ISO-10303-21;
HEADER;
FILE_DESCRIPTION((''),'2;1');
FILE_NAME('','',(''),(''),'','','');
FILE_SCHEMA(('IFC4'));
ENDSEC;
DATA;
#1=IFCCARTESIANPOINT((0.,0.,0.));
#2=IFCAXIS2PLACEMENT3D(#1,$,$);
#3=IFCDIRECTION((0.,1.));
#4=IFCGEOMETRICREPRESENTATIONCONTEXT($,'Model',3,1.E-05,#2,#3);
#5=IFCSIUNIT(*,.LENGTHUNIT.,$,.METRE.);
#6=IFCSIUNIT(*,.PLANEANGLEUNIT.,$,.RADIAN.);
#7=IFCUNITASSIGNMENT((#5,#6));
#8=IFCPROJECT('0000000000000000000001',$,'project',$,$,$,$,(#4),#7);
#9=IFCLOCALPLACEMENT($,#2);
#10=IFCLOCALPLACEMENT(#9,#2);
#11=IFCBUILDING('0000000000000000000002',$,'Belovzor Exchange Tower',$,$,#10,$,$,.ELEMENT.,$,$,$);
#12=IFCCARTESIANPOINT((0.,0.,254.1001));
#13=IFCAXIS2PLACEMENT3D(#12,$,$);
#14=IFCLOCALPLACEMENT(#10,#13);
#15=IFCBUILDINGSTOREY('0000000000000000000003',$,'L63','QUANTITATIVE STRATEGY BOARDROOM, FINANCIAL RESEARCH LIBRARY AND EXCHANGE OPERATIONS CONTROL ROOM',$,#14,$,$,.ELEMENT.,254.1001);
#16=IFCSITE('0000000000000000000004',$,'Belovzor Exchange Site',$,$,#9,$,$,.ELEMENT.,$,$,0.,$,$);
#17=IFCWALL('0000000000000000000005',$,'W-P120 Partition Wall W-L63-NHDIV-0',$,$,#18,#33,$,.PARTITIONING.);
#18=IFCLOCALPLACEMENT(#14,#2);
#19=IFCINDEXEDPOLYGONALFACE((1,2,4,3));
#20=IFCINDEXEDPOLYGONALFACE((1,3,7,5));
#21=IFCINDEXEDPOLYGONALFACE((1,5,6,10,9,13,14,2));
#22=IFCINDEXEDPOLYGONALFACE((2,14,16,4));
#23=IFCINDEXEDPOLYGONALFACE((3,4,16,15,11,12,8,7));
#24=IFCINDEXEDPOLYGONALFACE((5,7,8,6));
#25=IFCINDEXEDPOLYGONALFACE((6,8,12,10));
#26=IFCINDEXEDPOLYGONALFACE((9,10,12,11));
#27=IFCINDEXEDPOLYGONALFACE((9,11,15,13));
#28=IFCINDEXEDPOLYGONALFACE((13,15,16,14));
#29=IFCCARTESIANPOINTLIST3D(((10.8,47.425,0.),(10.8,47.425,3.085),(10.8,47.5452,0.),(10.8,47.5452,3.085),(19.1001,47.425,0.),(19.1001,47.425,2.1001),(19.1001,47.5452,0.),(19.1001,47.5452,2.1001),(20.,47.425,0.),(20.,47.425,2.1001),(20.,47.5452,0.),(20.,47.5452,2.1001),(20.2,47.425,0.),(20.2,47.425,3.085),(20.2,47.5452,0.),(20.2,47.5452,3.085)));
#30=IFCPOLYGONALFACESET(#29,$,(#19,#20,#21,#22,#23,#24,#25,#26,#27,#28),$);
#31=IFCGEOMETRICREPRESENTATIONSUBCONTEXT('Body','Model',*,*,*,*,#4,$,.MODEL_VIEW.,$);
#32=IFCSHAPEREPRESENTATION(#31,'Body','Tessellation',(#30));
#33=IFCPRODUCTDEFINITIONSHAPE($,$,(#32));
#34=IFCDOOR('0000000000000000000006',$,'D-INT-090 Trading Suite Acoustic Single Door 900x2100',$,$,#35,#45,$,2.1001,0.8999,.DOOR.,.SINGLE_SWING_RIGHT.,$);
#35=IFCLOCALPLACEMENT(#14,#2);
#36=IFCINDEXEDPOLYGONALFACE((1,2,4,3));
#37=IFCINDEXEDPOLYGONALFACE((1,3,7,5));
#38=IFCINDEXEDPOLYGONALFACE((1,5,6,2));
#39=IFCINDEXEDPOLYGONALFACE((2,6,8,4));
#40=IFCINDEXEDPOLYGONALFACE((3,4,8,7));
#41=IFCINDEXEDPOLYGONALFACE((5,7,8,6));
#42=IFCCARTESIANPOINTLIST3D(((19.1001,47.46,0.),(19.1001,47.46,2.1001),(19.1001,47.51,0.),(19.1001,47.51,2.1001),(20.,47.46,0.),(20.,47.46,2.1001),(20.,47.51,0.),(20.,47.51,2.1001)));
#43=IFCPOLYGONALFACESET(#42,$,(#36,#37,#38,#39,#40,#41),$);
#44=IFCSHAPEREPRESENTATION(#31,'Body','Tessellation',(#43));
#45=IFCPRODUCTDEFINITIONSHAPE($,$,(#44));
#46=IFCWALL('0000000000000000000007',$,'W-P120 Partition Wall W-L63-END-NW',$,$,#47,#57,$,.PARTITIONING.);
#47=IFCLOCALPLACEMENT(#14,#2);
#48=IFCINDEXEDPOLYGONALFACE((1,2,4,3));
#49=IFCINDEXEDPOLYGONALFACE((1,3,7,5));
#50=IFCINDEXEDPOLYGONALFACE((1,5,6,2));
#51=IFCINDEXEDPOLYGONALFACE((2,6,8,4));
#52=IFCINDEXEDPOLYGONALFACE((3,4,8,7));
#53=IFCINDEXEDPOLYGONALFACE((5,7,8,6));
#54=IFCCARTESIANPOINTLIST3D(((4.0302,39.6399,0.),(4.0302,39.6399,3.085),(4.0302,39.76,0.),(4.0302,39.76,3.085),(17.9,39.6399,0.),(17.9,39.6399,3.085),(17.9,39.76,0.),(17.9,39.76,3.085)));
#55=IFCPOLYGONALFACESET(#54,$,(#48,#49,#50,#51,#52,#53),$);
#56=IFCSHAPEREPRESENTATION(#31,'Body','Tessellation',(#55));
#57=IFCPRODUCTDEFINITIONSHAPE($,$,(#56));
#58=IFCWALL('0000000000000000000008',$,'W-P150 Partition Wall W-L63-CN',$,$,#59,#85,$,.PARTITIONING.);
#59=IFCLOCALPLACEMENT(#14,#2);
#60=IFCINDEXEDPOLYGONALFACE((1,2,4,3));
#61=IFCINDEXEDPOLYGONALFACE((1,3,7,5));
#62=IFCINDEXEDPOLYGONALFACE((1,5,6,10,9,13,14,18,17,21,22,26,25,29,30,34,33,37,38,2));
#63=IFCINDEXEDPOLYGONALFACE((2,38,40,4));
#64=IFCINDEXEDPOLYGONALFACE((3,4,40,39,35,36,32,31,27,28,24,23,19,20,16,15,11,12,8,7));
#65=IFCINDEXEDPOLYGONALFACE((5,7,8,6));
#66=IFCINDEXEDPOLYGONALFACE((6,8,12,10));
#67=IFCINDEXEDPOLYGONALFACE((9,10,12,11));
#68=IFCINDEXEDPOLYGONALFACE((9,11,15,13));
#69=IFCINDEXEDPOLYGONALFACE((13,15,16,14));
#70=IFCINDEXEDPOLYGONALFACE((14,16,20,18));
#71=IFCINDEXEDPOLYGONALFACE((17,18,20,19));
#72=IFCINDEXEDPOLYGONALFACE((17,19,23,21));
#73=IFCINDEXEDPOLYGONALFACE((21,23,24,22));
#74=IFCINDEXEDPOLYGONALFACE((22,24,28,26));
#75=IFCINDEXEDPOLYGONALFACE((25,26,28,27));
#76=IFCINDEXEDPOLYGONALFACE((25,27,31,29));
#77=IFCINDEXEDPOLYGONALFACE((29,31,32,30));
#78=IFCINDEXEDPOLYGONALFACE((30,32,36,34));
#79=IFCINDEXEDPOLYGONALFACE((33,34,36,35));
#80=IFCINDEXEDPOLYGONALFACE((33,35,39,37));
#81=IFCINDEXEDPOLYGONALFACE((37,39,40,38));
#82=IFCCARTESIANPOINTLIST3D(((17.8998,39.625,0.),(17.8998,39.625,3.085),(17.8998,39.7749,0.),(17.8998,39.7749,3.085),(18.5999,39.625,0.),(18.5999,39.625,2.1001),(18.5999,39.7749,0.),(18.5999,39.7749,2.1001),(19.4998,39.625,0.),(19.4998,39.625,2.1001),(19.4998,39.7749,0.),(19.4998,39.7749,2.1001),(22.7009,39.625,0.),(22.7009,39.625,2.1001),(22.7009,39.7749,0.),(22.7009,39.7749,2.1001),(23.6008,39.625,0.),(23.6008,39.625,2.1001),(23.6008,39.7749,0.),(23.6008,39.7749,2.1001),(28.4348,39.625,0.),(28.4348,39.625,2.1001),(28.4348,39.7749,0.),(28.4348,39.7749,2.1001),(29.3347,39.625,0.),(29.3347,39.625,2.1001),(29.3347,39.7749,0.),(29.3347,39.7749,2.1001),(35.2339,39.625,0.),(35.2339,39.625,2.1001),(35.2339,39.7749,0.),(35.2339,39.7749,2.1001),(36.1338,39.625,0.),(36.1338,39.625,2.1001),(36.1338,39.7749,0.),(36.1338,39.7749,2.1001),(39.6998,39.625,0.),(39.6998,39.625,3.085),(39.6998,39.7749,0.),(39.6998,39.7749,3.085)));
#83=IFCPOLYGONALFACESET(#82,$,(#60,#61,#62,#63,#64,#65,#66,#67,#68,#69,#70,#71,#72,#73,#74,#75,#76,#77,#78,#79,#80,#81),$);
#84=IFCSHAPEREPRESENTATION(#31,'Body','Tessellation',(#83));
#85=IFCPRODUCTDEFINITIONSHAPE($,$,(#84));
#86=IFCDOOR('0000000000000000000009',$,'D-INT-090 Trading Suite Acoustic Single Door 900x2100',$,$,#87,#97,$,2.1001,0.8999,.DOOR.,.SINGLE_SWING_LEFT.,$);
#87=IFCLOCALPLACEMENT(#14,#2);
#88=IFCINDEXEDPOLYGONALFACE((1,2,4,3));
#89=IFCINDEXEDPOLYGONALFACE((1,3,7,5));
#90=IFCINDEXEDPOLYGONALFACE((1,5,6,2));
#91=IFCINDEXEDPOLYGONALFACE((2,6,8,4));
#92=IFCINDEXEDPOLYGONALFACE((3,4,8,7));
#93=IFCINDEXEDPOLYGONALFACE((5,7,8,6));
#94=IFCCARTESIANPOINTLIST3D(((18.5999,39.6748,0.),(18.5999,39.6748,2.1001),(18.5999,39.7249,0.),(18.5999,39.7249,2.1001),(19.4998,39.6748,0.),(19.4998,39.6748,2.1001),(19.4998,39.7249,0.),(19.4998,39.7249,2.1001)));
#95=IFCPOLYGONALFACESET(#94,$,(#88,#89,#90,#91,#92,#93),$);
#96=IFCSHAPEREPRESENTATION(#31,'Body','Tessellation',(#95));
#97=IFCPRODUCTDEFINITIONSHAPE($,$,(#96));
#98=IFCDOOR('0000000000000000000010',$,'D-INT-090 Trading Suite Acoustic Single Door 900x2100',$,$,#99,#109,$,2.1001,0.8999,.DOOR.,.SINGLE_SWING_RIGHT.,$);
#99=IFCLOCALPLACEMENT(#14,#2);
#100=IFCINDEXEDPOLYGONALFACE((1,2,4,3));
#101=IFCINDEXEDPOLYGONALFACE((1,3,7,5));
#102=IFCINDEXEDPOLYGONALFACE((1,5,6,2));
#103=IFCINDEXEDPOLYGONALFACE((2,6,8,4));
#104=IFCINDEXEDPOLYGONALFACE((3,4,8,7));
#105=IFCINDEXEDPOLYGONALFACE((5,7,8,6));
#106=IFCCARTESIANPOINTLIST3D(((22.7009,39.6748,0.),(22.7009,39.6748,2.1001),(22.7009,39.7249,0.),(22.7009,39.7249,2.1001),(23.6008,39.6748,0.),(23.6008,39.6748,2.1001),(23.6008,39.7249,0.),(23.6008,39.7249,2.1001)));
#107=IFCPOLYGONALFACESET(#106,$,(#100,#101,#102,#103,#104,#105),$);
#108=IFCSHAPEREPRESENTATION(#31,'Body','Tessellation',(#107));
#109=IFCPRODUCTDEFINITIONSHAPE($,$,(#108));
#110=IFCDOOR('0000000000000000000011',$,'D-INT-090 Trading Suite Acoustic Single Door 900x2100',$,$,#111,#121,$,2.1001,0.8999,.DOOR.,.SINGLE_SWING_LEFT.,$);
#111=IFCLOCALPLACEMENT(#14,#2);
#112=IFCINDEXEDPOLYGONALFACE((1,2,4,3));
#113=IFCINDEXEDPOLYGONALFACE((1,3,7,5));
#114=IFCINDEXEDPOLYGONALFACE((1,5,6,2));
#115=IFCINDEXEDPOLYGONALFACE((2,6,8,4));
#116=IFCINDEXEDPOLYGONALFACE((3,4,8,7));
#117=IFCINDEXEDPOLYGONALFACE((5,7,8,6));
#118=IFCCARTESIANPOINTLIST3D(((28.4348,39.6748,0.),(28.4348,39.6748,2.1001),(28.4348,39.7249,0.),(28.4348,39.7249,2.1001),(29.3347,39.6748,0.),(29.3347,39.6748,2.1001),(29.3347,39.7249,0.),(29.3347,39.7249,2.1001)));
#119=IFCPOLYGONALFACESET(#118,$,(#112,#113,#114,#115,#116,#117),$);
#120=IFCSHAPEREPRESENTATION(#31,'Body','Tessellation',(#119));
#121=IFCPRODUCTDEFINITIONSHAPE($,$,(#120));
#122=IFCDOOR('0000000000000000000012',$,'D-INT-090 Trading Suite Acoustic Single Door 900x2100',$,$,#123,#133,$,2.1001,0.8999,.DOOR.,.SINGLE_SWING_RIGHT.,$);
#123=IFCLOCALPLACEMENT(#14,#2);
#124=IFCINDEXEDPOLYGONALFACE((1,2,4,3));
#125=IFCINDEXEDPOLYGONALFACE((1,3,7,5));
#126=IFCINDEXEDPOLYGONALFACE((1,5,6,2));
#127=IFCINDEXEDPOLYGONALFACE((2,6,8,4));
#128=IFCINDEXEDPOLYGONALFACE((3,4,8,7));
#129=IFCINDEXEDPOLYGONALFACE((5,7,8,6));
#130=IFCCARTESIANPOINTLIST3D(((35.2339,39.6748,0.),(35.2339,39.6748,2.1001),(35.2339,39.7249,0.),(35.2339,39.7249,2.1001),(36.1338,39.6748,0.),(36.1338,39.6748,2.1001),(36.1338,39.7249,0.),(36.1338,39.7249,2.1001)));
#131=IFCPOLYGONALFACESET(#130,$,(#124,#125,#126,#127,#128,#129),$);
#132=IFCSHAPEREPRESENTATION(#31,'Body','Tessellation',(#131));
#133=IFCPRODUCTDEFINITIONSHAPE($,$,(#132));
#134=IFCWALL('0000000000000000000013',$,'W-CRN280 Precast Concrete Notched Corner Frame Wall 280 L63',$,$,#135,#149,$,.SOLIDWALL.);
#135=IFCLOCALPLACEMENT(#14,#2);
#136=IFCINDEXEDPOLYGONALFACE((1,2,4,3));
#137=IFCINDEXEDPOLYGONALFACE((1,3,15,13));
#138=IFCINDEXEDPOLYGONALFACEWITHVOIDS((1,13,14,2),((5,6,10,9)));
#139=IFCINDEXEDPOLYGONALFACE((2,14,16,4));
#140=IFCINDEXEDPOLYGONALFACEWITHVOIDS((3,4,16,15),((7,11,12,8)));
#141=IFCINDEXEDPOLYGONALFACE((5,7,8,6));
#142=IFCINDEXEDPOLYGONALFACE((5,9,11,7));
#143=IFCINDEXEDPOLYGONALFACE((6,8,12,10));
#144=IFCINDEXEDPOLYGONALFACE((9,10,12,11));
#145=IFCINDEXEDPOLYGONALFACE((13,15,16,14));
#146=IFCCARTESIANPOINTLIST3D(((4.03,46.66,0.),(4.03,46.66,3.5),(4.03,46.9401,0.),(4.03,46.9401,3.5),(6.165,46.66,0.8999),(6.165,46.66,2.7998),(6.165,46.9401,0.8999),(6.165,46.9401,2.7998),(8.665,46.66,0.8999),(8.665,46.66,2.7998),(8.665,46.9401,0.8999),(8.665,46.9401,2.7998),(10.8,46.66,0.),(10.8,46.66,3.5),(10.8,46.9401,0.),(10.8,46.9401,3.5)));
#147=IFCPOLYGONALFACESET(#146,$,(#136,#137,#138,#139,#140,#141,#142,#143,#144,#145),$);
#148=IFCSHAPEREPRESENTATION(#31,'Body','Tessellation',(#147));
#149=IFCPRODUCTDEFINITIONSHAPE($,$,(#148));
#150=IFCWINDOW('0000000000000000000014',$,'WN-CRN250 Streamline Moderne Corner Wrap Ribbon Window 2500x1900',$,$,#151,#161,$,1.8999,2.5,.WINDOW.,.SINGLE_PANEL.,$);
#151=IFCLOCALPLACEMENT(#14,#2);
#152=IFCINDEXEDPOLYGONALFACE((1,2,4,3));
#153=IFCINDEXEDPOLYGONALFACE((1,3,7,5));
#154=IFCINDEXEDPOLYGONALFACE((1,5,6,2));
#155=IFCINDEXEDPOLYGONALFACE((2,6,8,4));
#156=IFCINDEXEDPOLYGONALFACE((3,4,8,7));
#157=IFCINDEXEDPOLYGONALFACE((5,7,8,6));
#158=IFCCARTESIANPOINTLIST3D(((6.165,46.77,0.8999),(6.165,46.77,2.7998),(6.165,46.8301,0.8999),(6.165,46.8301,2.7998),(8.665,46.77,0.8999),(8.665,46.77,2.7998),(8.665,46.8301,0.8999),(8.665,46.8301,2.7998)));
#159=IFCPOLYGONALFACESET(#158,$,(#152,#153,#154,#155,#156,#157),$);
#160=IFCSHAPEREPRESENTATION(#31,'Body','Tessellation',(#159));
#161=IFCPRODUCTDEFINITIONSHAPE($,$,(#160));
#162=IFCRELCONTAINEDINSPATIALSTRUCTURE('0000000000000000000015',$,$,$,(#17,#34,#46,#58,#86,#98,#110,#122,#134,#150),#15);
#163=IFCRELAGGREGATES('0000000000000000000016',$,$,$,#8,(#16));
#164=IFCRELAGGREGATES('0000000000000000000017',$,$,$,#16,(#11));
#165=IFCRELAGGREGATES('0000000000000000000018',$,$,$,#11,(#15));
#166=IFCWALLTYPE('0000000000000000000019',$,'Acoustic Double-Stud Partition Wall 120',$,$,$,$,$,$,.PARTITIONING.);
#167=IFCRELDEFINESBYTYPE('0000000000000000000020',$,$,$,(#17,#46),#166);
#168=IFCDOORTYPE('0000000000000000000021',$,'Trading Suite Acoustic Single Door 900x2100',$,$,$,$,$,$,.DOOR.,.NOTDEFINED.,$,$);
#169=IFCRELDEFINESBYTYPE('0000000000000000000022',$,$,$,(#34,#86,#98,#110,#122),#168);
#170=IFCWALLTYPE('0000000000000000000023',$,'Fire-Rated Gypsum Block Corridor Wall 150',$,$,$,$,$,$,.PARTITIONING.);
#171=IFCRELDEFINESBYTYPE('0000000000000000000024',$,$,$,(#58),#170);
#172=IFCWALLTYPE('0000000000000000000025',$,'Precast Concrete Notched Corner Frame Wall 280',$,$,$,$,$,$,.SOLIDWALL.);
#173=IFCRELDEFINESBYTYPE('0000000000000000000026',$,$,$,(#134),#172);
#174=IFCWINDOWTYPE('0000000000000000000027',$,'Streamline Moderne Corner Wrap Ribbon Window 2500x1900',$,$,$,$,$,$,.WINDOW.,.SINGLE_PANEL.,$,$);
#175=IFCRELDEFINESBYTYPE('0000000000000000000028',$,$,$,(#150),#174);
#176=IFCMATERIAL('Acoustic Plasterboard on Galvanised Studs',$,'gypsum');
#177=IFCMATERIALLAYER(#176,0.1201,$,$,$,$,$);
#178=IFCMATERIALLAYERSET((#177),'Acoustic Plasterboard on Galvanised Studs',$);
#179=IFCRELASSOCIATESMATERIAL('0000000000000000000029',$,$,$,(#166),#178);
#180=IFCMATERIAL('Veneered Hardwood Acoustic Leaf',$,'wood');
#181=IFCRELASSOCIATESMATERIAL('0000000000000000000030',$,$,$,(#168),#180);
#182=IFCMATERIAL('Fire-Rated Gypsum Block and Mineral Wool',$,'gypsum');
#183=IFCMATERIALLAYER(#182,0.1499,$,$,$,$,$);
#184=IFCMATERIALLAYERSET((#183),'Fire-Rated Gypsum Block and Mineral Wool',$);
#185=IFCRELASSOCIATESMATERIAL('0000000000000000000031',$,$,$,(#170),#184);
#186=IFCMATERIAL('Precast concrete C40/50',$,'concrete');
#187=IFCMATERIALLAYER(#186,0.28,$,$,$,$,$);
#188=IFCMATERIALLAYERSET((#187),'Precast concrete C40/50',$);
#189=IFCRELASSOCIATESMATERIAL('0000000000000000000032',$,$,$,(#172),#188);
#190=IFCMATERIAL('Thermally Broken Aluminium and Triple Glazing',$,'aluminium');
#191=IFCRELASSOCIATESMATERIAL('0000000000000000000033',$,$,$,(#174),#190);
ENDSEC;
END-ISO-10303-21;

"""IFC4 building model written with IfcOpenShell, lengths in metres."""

from ifc_helpers import new_model, si_unit, direction, frame, frame_2d, origin, place, context, subcontext, project, spatial, rectangle, extrude, material, layer, layer_set, type_object, element, fill, save


model = new_model("IFC4")

# Units and contexts
model_context = context("Model", 3, precision=1e-05, world=origin(), true_north=direction((0.0, 1.0)))
body_context = subcontext(model_context, "Body", "Model", "MODEL_VIEW")
ifc_project = project(units=[si_unit("LENGTHUNIT", "METRE"), si_unit("PLANEANGLEUNIT", "RADIAN")], contexts=[model_context])

# Site, building, storey
site_placement = place(None, origin())
site = spatial("IfcSite", under=ifc_project, at=site_placement, Name="Belovzor Exchange Site", CompositionType="ELEMENT", RefElevation=0.0)
building_placement = place(site_placement, origin())
building = spatial("IfcBuilding", under=site, at=building_placement, Name="Belovzor Exchange Tower", CompositionType="ELEMENT")
storey_placement = place(building_placement, frame((0.0, 0.0, 254.1001)))
storey = spatial("IfcBuildingStorey", under=building, at=storey_placement, Name="L63", Description="QUANTITATIVE STRATEGY BOARDROOM, FINANCIAL RESEARCH LIBRARY AND EXCHANGE OPERATIONS CONTROL ROOM", CompositionType="ELEMENT", Elevation=254.1001)

# Wall, opening, door
ifc_material_1 = material(Name="Acoustic Plasterboard on Galvanised Studs", Category="gypsum")
ifc_layer_1 = layer(ifc_material_1, 0.1201)
ifc_layer_set_1 = layer_set([ifc_layer_1], Name="Acoustic Plasterboard on Galvanised Studs")
wall_type_1 = type_object("IfcWallType", Name="Acoustic Double-Stud Partition Wall 120", PredefinedType="PARTITIONING", material=ifc_layer_set_1)
wall_1_placement = place(storey_placement, frame((10.8, 47.4851, 0.0), z_axis=(0.0, 0.0, 1.0), x_axis=(1.0, 0.0, 0.0)))
wall_1 = element("IfcWall", 1, at=wall_1_placement, inside=storey, type_object=wall_type_1, Name="W-P120 Partition Wall W-L63-NHDIV-0", PredefinedType="PARTITIONING", context=body_context, shape_type="SweptSolid", body=[
    extrude(rectangle(XDim=9.3999, YDim=0.1201, at=frame_2d((4.7, 0.0))), origin(), (0.0, 0.0, 1.0), 3.085),
])
opening_1_placement = place(wall_1_placement, frame((8.3, 0.0, 0.0)))
opening_1 = element("IfcOpeningElement", 2, at=opening_1_placement, cuts=wall_1, PredefinedType="OPENING", context=body_context, shape_type="SweptSolid", body=[
    extrude(rectangle(XDim=0.8999, YDim=2.1001, at=frame_2d((0.45, 1.05))), frame((0.0, 0.0701, 0.0), z_axis=(0.0, -1.0, 0.0), x_axis=(1.0, 0.0, 0.0)), (0.0, 0.0, 1.0), 0.1401),
])
ifc_material_2 = material(Name="Veneered Hardwood Acoustic Leaf", Category="wood")
door_type = type_object("IfcDoorType", Name="Trading Suite Acoustic Single Door 900x2100", OperationType="NOTDEFINED", PredefinedType="DOOR", material=ifc_material_2)
door_1_placement = place(opening_1_placement, origin())
door_1 = element("IfcDoor", 3, at=door_1_placement, inside=storey, type_object=door_type, Name="D-INT-090 Trading Suite Acoustic Single Door 900x2100", OperationType="SINGLE_SWING_RIGHT", OverallHeight=2.1001, OverallWidth=0.8999, PredefinedType="DOOR", context=body_context, shape_type="SweptSolid", body=[
    extrude(rectangle(XDim=0.8999, YDim=2.1001, at=frame_2d((0.45, 1.05))), frame((0.0, 0.0249, 0.0), z_axis=(0.0, -1.0, 0.0), x_axis=(1.0, 0.0, 0.0)), (0.0, 0.0, 1.0), 0.05),
])
fill(opening_1, door_1)

# Wall
wall_2_placement = place(storey_placement, frame((4.03, 39.7, 0.0), z_axis=(0.0, 0.0, 1.0), x_axis=(1.0, 0.0, 0.0)))
element("IfcWall", 4, at=wall_2_placement, inside=storey, type_object=wall_type_1, Name="W-P120 Partition Wall W-L63-END-NW", PredefinedType="PARTITIONING", context=body_context, shape_type="SweptSolid", body=[
    extrude(rectangle(XDim=13.8699, YDim=0.1201, at=frame_2d((6.9351, 0.0))), origin(), (0.0, 0.0, 1.0), 3.085),
])

# Wall, openings, doors
ifc_material_3 = material(Name="Fire-Rated Gypsum Block and Mineral Wool", Category="gypsum")
ifc_layer_2 = layer(ifc_material_3, 0.1499)
ifc_layer_set_2 = layer_set([ifc_layer_2], Name="Fire-Rated Gypsum Block and Mineral Wool")
wall_type_2 = type_object("IfcWallType", Name="Fire-Rated Gypsum Block Corridor Wall 150", PredefinedType="PARTITIONING", material=ifc_layer_set_2)
wall_3_placement = place(storey_placement, frame((17.8999, 39.7, 0.0), z_axis=(0.0, 0.0, 1.0), x_axis=(1.0, 0.0, 0.0)))
wall_3 = element("IfcWall", 5, at=wall_3_placement, inside=storey, type_object=wall_type_2, Name="W-P150 Partition Wall W-L63-CN", PredefinedType="PARTITIONING", context=body_context, shape_type="SweptSolid", body=[
    extrude(rectangle(XDim=21.8, YDim=0.1499, at=frame_2d((10.8999, 0.0))), origin(), (0.0, 0.0, 1.0), 3.085),
])
opening_2_placement = place(wall_3_placement, frame((0.7, 0.0, 0.0)))
opening_2 = element("IfcOpeningElement", 6, at=opening_2_placement, cuts=wall_3, PredefinedType="OPENING", context=body_context, shape_type="SweptSolid", body=[
    extrude(rectangle(XDim=0.8999, YDim=2.1001, at=frame_2d((0.45, 1.05))), frame((0.0, 0.085, 0.0), z_axis=(0.0, -1.0, 0.0), x_axis=(1.0, 0.0, 0.0)), (0.0, 0.0, 1.0), 0.1699),
])
opening_3_placement = place(wall_3_placement, frame((4.801, 0.0, 0.0)))
opening_3 = element("IfcOpeningElement", 7, at=opening_3_placement, cuts=wall_3, PredefinedType="OPENING", context=body_context, shape_type="SweptSolid", body=[
    extrude(rectangle(XDim=0.8999, YDim=2.1001, at=frame_2d((0.45, 1.05))), frame((0.0, 0.085, 0.0), z_axis=(0.0, -1.0, 0.0), x_axis=(1.0, 0.0, 0.0)), (0.0, 0.0, 1.0), 0.1699),
])
opening_4_placement = place(wall_3_placement, frame((10.5349, 0.0, 0.0)))
opening_4 = element("IfcOpeningElement", 8, at=opening_4_placement, cuts=wall_3, PredefinedType="OPENING", context=body_context, shape_type="SweptSolid", body=[
    extrude(rectangle(XDim=0.8999, YDim=2.1001, at=frame_2d((0.45, 1.05))), frame((0.0, 0.085, 0.0), z_axis=(0.0, -1.0, 0.0), x_axis=(1.0, 0.0, 0.0)), (0.0, 0.0, 1.0), 0.1699),
])
opening_5_placement = place(wall_3_placement, frame((17.334, 0.0, 0.0)))
opening_5 = element("IfcOpeningElement", 9, at=opening_5_placement, cuts=wall_3, PredefinedType="OPENING", context=body_context, shape_type="SweptSolid", body=[
    extrude(rectangle(XDim=0.8999, YDim=2.1001, at=frame_2d((0.45, 1.05))), frame((0.0, 0.085, 0.0), z_axis=(0.0, -1.0, 0.0), x_axis=(1.0, 0.0, 0.0)), (0.0, 0.0, 1.0), 0.1699),
])
door_2_placement = place(opening_2_placement, origin())
door_2 = element("IfcDoor", 10, at=door_2_placement, inside=storey, type_object=door_type, Name="D-INT-090 Trading Suite Acoustic Single Door 900x2100", OperationType="SINGLE_SWING_LEFT", OverallHeight=2.1001, OverallWidth=0.8999, PredefinedType="DOOR", context=body_context, shape_type="SweptSolid", body=[
    extrude(rectangle(XDim=0.8999, YDim=2.1001, at=frame_2d((0.45, 1.05))), frame((0.0, 0.0249, 0.0), z_axis=(0.0, -1.0, 0.0), x_axis=(1.0, 0.0, 0.0)), (0.0, 0.0, 1.0), 0.05),
])
fill(opening_2, door_2)
door_3_placement = place(opening_3_placement, origin())
door_3 = element("IfcDoor", 11, at=door_3_placement, inside=storey, type_object=door_type, Name="D-INT-090 Trading Suite Acoustic Single Door 900x2100", OperationType="SINGLE_SWING_RIGHT", OverallHeight=2.1001, OverallWidth=0.8999, PredefinedType="DOOR", context=body_context, shape_type="SweptSolid", body=[
    extrude(rectangle(XDim=0.8999, YDim=2.1001, at=frame_2d((0.45, 1.05))), frame((0.0, 0.0249, 0.0), z_axis=(0.0, -1.0, 0.0), x_axis=(1.0, 0.0, 0.0)), (0.0, 0.0, 1.0), 0.05),
])
fill(opening_3, door_3)
door_4_placement = place(opening_4_placement, origin())
door_4 = element("IfcDoor", 12, at=door_4_placement, inside=storey, type_object=door_type, Name="D-INT-090 Trading Suite Acoustic Single Door 900x2100", OperationType="SINGLE_SWING_LEFT", OverallHeight=2.1001, OverallWidth=0.8999, PredefinedType="DOOR", context=body_context, shape_type="SweptSolid", body=[
    extrude(rectangle(XDim=0.8999, YDim=2.1001, at=frame_2d((0.45, 1.05))), frame((0.0, 0.0249, 0.0), z_axis=(0.0, -1.0, 0.0), x_axis=(1.0, 0.0, 0.0)), (0.0, 0.0, 1.0), 0.05),
])
fill(opening_4, door_4)
door_5_placement = place(opening_5_placement, origin())
door_5 = element("IfcDoor", 13, at=door_5_placement, inside=storey, type_object=door_type, Name="D-INT-090 Trading Suite Acoustic Single Door 900x2100", OperationType="SINGLE_SWING_RIGHT", OverallHeight=2.1001, OverallWidth=0.8999, PredefinedType="DOOR", context=body_context, shape_type="SweptSolid", body=[
    extrude(rectangle(XDim=0.8999, YDim=2.1001, at=frame_2d((0.45, 1.05))), frame((0.0, 0.0249, 0.0), z_axis=(0.0, -1.0, 0.0), x_axis=(1.0, 0.0, 0.0)), (0.0, 0.0, 1.0), 0.05),
])
fill(opening_5, door_5)

# Wall, opening, window
ifc_material_4 = material(Name="Precast concrete C40/50", Category="concrete")
ifc_layer_3 = layer(ifc_material_4, 0.28)
ifc_layer_set_3 = layer_set([ifc_layer_3], Name="Precast concrete C40/50")
wall_type_3 = type_object("IfcWallType", Name="Precast Concrete Notched Corner Frame Wall 280", PredefinedType="SOLIDWALL", material=ifc_layer_set_3)
wall_4_placement = place(storey_placement, frame((4.03, 46.8, 0.0), z_axis=(0.0, 0.0, 1.0), x_axis=(1.0, 0.0, 0.0)))
wall_4 = element("IfcWall", 14, at=wall_4_placement, inside=storey, type_object=wall_type_3, Name="W-CRN280 Precast Concrete Notched Corner Frame Wall 280 L63", PredefinedType="SOLIDWALL", context=body_context, shape_type="SweptSolid", body=[
    extrude(rectangle(XDim=6.77, YDim=0.28, at=frame_2d((3.385, 0.0))), origin(), (0.0, 0.0, 1.0), 3.5),
])
opening_6_placement = place(wall_4_placement, frame((2.135, 0.0, 0.8999)))
opening_6 = element("IfcOpeningElement", 15, at=opening_6_placement, cuts=wall_4, PredefinedType="OPENING", context=body_context, shape_type="SweptSolid", body=[
    extrude(rectangle(XDim=2.5, YDim=1.8999, at=frame_2d((1.25, 0.95))), frame((0.0, 0.1499, 0.0), z_axis=(0.0, -1.0, 0.0), x_axis=(1.0, 0.0, 0.0)), (0.0, 0.0, 1.0), 0.3),
])
ifc_material_5 = material(Name="Thermally Broken Aluminium and Triple Glazing", Category="aluminium")
window_type_1 = type_object("IfcWindowType", Name="Streamline Moderne Corner Wrap Ribbon Window 2500x1900", PartitioningType="SINGLE_PANEL", PredefinedType="WINDOW", material=ifc_material_5)
window_1_placement = place(opening_6_placement, origin())
window_1 = element("IfcWindow", 16, at=window_1_placement, inside=storey, type_object=window_type_1, Name="WN-CRN250 Streamline Moderne Corner Wrap Ribbon Window 2500x1900", OverallHeight=1.8999, OverallWidth=2.5, PartitioningType="SINGLE_PANEL", PredefinedType="WINDOW", context=body_context, shape_type="SweptSolid", body=[
    extrude(rectangle(XDim=2.5, YDim=1.8999, at=frame_2d((1.25, 0.95))), frame((0.0, 0.03, 0.0), z_axis=(0.0, -1.0, 0.0), x_axis=(1.0, 0.0, 0.0)), (0.0, 0.0, 1.0), 0.0601),
])
fill(opening_6, window_1)

save(model, "model.ifc")
